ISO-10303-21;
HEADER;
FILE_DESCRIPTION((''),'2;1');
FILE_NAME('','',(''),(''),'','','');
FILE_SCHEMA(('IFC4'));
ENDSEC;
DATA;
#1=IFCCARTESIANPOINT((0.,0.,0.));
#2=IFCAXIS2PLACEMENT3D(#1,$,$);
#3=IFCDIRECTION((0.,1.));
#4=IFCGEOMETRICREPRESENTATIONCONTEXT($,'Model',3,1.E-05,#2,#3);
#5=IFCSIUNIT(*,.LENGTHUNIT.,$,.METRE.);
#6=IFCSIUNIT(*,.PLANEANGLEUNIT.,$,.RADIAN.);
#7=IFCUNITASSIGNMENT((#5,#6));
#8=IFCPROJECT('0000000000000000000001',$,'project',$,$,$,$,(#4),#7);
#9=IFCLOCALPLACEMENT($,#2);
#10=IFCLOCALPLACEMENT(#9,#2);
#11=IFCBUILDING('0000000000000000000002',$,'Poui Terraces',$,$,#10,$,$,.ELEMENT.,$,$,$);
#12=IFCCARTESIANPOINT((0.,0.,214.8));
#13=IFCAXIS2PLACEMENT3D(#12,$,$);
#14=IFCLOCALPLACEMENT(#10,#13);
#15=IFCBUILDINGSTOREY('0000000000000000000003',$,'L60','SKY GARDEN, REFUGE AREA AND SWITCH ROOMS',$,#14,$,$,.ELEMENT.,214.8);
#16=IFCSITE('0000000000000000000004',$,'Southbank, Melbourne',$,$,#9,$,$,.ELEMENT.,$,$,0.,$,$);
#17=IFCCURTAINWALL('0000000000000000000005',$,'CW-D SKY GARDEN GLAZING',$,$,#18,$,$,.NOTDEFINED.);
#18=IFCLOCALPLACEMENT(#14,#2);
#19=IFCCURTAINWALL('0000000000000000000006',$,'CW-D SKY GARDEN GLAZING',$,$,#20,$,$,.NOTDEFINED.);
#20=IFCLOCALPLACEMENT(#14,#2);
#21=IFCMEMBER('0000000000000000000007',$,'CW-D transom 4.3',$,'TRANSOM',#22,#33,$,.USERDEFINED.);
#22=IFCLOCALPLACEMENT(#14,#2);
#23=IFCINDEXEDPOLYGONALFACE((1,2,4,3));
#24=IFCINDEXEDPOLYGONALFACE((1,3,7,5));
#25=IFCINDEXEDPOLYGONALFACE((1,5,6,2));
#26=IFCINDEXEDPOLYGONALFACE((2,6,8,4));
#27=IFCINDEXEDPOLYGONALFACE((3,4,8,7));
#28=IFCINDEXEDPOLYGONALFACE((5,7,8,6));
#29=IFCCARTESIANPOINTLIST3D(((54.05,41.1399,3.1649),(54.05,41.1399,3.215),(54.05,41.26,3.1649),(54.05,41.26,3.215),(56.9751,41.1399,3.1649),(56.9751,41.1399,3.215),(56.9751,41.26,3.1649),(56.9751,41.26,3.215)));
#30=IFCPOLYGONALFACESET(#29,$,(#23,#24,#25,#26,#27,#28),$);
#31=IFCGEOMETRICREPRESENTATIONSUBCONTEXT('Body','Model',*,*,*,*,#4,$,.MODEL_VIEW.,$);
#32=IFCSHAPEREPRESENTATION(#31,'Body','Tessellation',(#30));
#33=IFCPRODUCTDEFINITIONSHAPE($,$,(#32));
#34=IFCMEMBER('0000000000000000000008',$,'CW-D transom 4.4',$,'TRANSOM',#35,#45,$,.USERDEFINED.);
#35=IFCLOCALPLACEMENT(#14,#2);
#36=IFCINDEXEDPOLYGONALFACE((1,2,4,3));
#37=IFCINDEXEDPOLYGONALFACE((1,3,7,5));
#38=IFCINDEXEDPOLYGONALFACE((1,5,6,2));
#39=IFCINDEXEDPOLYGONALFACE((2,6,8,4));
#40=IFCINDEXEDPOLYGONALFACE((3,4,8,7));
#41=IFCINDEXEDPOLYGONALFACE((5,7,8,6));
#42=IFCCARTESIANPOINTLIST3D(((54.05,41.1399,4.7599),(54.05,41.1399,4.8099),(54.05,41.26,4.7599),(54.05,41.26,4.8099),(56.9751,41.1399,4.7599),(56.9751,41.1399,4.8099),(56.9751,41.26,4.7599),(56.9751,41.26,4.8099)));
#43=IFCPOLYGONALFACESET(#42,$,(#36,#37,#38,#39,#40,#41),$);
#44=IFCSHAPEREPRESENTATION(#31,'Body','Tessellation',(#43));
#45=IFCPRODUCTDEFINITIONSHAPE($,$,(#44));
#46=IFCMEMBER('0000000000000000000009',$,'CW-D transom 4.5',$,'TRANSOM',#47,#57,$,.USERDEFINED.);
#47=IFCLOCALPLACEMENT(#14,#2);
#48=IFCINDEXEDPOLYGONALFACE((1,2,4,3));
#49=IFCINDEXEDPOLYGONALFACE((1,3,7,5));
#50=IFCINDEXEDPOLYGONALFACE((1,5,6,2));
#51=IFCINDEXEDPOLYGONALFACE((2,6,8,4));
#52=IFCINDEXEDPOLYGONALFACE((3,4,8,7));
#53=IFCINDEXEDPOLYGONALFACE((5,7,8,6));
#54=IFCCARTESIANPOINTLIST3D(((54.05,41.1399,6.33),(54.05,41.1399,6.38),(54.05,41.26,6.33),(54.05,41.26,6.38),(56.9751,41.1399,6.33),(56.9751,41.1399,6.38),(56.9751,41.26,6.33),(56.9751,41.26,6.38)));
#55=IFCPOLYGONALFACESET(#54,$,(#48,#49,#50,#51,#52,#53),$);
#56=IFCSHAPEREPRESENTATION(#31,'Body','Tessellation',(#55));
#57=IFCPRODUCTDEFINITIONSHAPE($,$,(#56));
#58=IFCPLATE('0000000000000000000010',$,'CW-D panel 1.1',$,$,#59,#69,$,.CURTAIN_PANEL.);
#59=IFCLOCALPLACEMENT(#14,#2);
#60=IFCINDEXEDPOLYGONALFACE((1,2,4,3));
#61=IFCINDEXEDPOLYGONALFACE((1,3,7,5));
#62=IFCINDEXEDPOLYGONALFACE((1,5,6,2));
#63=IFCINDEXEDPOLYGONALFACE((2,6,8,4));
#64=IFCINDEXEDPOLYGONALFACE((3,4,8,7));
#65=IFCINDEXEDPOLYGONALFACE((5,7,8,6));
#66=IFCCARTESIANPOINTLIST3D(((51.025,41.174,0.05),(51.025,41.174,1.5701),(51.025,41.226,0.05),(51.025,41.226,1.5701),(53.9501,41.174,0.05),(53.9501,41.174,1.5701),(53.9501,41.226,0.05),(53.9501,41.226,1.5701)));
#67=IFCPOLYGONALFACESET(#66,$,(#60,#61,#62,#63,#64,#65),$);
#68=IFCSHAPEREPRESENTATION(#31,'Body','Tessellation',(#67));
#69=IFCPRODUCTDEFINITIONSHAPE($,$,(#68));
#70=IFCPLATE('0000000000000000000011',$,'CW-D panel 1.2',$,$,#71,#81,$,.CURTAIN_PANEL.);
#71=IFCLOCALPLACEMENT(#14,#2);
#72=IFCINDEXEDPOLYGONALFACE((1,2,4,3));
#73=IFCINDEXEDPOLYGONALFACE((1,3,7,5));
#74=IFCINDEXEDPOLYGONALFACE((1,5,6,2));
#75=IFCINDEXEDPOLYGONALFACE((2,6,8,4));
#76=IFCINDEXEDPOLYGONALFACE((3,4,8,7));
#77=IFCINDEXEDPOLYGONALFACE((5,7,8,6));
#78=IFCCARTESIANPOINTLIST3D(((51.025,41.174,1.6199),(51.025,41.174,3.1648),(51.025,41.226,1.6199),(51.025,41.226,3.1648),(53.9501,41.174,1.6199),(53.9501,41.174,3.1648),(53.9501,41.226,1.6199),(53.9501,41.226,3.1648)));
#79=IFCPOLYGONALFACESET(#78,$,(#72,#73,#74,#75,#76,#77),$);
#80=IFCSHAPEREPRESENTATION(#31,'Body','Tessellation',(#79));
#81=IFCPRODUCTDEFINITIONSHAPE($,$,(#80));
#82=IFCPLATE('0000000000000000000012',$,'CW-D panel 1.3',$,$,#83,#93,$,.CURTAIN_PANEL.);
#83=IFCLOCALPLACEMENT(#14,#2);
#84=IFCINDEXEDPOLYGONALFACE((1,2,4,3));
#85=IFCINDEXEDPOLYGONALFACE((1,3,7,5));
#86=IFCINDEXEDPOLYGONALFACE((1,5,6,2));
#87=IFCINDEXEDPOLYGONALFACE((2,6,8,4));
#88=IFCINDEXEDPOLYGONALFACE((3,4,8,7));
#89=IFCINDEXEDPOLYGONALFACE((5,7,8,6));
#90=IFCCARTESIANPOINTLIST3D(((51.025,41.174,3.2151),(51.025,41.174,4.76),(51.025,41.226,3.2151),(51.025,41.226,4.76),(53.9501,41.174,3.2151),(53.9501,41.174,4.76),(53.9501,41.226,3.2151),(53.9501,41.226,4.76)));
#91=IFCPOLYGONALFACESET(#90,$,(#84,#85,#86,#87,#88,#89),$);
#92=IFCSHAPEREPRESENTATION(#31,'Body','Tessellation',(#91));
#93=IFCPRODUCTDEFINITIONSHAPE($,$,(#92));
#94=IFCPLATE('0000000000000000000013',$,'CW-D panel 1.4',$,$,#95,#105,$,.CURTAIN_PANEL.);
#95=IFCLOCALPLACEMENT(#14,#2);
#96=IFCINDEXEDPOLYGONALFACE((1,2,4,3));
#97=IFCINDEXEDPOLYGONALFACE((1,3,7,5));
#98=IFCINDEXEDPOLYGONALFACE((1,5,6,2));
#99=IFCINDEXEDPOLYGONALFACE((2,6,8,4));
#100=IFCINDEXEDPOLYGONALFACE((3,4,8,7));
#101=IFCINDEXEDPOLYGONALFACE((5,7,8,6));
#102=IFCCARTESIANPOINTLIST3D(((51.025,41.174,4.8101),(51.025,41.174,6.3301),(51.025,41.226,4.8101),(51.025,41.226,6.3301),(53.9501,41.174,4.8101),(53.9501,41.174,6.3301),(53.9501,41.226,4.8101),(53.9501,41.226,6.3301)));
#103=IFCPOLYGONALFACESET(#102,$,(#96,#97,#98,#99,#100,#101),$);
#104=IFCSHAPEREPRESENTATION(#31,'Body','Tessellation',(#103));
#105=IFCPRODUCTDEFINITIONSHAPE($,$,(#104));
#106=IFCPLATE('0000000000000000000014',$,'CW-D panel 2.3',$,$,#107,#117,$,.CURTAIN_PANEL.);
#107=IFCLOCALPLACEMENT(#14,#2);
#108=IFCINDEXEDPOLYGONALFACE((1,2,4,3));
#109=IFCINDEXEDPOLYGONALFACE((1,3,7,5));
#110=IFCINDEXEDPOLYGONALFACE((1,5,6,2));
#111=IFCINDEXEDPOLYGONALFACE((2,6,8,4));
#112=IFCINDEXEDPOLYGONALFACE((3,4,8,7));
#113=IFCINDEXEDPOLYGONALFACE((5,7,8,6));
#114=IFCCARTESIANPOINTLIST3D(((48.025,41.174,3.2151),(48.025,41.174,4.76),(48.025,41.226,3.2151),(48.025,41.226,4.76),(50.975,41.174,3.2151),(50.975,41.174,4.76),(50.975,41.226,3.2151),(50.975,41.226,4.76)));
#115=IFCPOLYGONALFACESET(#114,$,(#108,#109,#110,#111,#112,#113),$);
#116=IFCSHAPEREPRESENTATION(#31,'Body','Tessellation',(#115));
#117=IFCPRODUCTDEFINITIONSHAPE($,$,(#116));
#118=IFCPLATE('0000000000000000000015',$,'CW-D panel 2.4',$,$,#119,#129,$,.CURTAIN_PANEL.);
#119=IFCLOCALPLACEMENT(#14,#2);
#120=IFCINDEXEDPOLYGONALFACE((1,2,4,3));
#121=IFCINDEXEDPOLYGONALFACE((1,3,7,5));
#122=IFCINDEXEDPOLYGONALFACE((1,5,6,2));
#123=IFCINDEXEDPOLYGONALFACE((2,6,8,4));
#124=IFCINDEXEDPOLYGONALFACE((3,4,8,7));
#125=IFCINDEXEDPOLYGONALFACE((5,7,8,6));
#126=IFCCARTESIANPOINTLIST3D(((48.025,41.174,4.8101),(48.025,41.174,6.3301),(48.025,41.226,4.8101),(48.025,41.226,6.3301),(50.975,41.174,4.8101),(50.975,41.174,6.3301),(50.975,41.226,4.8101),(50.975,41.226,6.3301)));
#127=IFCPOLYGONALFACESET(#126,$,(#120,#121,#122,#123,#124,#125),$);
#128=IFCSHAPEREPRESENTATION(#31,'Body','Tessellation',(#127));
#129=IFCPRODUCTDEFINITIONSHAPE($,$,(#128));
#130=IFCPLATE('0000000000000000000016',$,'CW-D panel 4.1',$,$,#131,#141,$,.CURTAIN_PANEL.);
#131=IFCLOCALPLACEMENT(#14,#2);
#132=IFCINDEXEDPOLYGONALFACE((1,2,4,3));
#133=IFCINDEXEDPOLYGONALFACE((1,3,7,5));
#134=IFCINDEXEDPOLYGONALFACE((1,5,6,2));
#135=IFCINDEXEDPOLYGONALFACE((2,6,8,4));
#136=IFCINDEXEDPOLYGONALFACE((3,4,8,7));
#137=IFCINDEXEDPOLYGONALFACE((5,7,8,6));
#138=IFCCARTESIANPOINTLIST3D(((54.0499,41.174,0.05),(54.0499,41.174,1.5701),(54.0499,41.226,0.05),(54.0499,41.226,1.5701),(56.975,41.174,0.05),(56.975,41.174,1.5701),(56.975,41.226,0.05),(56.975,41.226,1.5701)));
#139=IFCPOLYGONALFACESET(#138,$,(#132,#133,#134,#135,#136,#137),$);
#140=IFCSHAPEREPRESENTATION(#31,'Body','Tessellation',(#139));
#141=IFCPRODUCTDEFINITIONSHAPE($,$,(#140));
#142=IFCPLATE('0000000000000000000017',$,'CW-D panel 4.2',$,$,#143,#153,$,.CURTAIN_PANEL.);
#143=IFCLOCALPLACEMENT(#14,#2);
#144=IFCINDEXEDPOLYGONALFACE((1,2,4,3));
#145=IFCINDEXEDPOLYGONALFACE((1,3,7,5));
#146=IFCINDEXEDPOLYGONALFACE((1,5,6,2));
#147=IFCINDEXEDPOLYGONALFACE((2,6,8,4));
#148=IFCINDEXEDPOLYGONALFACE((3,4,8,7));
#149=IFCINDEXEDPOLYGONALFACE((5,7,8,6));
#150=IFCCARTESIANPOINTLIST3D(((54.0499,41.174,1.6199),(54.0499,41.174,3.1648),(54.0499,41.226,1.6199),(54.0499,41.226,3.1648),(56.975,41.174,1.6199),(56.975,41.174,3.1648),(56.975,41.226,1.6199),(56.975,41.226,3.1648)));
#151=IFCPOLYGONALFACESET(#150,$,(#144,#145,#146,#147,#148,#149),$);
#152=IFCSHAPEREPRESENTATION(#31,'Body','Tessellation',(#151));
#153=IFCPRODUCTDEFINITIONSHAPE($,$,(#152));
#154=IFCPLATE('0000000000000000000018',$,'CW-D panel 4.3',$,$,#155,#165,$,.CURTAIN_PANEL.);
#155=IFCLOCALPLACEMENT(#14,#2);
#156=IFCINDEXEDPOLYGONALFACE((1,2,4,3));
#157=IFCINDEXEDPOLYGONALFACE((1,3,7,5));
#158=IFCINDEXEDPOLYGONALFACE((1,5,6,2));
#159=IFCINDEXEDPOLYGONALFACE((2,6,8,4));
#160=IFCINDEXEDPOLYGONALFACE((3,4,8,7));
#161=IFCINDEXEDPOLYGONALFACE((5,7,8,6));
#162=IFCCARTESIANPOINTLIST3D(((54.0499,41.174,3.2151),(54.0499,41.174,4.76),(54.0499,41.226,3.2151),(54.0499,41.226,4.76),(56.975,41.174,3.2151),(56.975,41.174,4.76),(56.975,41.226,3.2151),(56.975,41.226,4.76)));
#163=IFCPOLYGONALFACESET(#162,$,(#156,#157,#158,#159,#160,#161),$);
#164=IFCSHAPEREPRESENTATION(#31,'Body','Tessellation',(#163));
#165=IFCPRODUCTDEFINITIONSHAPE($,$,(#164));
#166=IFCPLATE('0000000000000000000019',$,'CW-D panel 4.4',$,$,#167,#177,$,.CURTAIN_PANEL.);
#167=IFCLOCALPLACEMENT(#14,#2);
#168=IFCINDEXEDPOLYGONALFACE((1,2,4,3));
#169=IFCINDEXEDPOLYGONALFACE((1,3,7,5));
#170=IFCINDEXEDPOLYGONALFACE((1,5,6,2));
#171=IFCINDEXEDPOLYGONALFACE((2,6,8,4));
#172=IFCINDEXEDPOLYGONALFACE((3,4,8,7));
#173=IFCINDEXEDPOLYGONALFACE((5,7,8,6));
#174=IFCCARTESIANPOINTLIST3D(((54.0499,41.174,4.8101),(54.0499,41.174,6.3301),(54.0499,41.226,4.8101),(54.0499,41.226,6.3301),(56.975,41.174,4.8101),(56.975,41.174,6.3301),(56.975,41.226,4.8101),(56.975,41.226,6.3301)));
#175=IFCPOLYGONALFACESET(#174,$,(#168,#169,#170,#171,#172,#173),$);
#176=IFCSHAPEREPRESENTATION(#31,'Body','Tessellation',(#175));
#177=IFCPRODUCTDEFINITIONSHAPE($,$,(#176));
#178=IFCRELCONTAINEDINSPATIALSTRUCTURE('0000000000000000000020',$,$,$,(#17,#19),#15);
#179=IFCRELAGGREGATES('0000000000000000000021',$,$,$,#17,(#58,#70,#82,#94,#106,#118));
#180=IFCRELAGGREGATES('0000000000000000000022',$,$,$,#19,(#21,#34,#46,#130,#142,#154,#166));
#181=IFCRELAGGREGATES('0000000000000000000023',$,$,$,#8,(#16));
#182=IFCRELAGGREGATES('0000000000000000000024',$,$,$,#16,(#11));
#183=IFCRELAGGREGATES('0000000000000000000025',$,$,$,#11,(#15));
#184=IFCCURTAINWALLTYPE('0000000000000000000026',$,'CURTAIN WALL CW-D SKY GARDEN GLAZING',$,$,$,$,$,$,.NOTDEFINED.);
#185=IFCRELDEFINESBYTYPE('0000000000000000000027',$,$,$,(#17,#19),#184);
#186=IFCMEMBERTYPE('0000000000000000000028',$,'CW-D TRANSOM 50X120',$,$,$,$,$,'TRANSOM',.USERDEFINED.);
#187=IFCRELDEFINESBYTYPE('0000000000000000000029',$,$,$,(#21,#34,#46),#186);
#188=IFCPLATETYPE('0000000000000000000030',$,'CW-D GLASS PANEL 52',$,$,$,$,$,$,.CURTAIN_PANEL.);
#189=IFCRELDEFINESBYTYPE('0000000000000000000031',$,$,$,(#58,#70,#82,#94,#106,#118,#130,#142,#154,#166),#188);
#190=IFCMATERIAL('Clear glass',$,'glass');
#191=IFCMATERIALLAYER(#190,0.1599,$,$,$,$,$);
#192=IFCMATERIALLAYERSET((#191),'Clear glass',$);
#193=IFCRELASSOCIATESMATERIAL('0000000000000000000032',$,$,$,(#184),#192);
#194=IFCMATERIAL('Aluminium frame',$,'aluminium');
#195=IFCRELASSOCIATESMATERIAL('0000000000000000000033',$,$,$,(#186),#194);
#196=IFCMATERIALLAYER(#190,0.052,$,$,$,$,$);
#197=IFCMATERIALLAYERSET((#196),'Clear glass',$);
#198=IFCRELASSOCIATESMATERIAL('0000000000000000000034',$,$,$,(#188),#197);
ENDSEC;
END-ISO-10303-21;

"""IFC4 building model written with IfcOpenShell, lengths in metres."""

from ifc_helpers import new_model, si_unit, direction, frame, origin, origin_2d, place, context, subcontext, project, spatial, rectangle, extrude, material, layer, layer_set, material_profile, profile_set, type_object, element, aggregate, save


model = new_model("IFC4")

# Units and contexts
model_context = context("Model", 3, precision=1e-05, world=origin(), true_north=direction((0.0, 1.0)))
body_context = subcontext(model_context, "Body", "Model", "MODEL_VIEW")
ifc_project = project(units=[si_unit("LENGTHUNIT", "METRE"), si_unit("PLANEANGLEUNIT", "RADIAN")], contexts=[model_context])

# Site, building, storey
site_placement = place(None, origin())
site = spatial("IfcSite", under=ifc_project, at=site_placement, Name="Southbank, Melbourne", CompositionType="ELEMENT", RefElevation=0.0)
building_placement = place(site_placement, origin())
building = spatial("IfcBuilding", under=site, at=building_placement, Name="Poui Terraces", CompositionType="ELEMENT")
storey_placement = place(building_placement, frame((0.0, 0.0, 214.8)))
storey = spatial("IfcBuildingStorey", under=building, at=storey_placement, Name="L60", Description="SKY GARDEN, REFUGE AREA AND SWITCH ROOMS", CompositionType="ELEMENT", Elevation=214.8)

# Curtain wall
ifc_material_1 = material(Name="Clear glass", Category="glass")
ifc_layer_1 = layer(ifc_material_1, 0.1599)
ifc_layer_set_1 = layer_set([ifc_layer_1], Name="Clear glass")
curtain_wall_type = type_object("IfcCurtainWallType", Name="CURTAIN WALL CW-D SKY GARDEN GLAZING", PredefinedType="NOTDEFINED", material=ifc_layer_set_1)
curtain_wall_1_placement = place(storey_placement, origin())
curtain_wall_1 = element("IfcCurtainWall", 1, at=curtain_wall_1_placement, inside=storey, type_object=curtain_wall_type, Name="CW-D SKY GARDEN GLAZING", PredefinedType="NOTDEFINED")
ifc_material_2 = material(Name="Aluminium frame", Category="aluminium")

# Curtain wall
curtain_wall_2_placement = place(storey_placement, origin())
curtain_wall_2 = element("IfcCurtainWall", 2, at=curtain_wall_2_placement, inside=storey, type_object=curtain_wall_type, Name="CW-D SKY GARDEN GLAZING", PredefinedType="NOTDEFINED")

# Members
ifc_material_profile_1 = material_profile(ifc_material_2, rectangle(XDim=0.1201, YDim=0.05, at=origin_2d()), Name="CW-D TRANSOM 50X120")
ifc_profile_set_1 = profile_set([ifc_material_profile_1], Name="Aluminium frame")
member_type_1 = type_object("IfcMemberType", Name="CW-D TRANSOM 50X120", ElementType="TRANSOM", PredefinedType="USERDEFINED", material=ifc_profile_set_1)
member_1_placement = place(storey_placement, frame((56.9751, 41.2, 3.1899), z_axis=(-1.0, 0.0, 0.0), x_axis=(0.0, -1.0, 0.0)))
member_1 = element("IfcMember", 3, at=member_1_placement, type_object=member_type_1, Name="CW-D transom 4.3", ObjectType="TRANSOM", PredefinedType="USERDEFINED", context=body_context, shape_type="SweptSolid", body=[
    extrude(rectangle(XDim=0.1201, YDim=0.05, at=origin_2d()), origin(), (0.0, 0.0, 1.0), 2.925),
])
member_2_placement = place(storey_placement, frame((56.9751, 41.2, 4.7849), z_axis=(-1.0, 0.0, 0.0), x_axis=(0.0, -1.0, 0.0)))
member_2 = element("IfcMember", 4, at=member_2_placement, type_object=member_type_1, Name="CW-D transom 4.4", ObjectType="TRANSOM", PredefinedType="USERDEFINED", context=body_context, shape_type="SweptSolid", body=[
    extrude(rectangle(XDim=0.1201, YDim=0.05, at=origin_2d()), origin(), (0.0, 0.0, 1.0), 2.925),
])
member_3_placement = place(storey_placement, frame((56.9751, 41.2, 6.355), z_axis=(-1.0, 0.0, 0.0), x_axis=(0.0, -1.0, 0.0)))
member_3 = element("IfcMember", 5, at=member_3_placement, type_object=member_type_1, Name="CW-D transom 4.5", ObjectType="TRANSOM", PredefinedType="USERDEFINED", context=body_context, shape_type="SweptSolid", body=[
    extrude(rectangle(XDim=0.1201, YDim=0.05, at=origin_2d()), origin(), (0.0, 0.0, 1.0), 2.925),
])

# Plates
ifc_layer_2 = layer(ifc_material_1, 0.052)
ifc_layer_set_2 = layer_set([ifc_layer_2], Name="Clear glass")
plate_type = type_object("IfcPlateType", Name="CW-D GLASS PANEL 52", PredefinedType="CURTAIN_PANEL", material=ifc_layer_set_2)
plate_1_placement = place(storey_placement, frame((52.4875, 41.2, 0.05), z_axis=(0.0, 0.0, 1.0), x_axis=(-1.0, 0.0, 0.0)))
plate_1 = element("IfcPlate", 6, at=plate_1_placement, type_object=plate_type, Name="CW-D panel 1.1", PredefinedType="CURTAIN_PANEL", context=body_context, shape_type="SweptSolid", body=[
    extrude(rectangle(XDim=2.925, YDim=0.052, at=origin_2d()), origin(), (0.0, 0.0, 1.0), 1.52),
])
plate_2_placement = place(storey_placement, frame((52.4875, 41.2, 1.6199), z_axis=(0.0, 0.0, 1.0), x_axis=(-1.0, 0.0, 0.0)))
plate_2 = element("IfcPlate", 7, at=plate_2_placement, type_object=plate_type, Name="CW-D panel 1.2", PredefinedType="CURTAIN_PANEL", context=body_context, shape_type="SweptSolid", body=[
    extrude(rectangle(XDim=2.925, YDim=0.052, at=origin_2d()), origin(), (0.0, 0.0, 1.0), 1.5449),
])
plate_3_placement = place(storey_placement, frame((52.4875, 41.2, 3.2151), z_axis=(0.0, 0.0, 1.0), x_axis=(-1.0, 0.0, 0.0)))
plate_3 = element("IfcPlate", 8, at=plate_3_placement, type_object=plate_type, Name="CW-D panel 1.3", PredefinedType="CURTAIN_PANEL", context=body_context, shape_type="SweptSolid", body=[
    extrude(rectangle(XDim=2.925, YDim=0.052, at=origin_2d()), origin(), (0.0, 0.0, 1.0), 1.5449),
])
plate_4_placement = place(storey_placement, frame((52.4875, 41.2, 4.8101), z_axis=(0.0, 0.0, 1.0), x_axis=(-1.0, 0.0, 0.0)))
plate_4 = element("IfcPlate", 9, at=plate_4_placement, type_object=plate_type, Name="CW-D panel 1.4", PredefinedType="CURTAIN_PANEL", context=body_context, shape_type="SweptSolid", body=[
    extrude(rectangle(XDim=2.925, YDim=0.052, at=origin_2d()), origin(), (0.0, 0.0, 1.0), 1.52),
])
plate_5_placement = place(storey_placement, frame((49.5, 41.2, 3.2151), z_axis=(0.0, 0.0, 1.0), x_axis=(-1.0, 0.0, 0.0)))
plate_5 = element("IfcPlate", 10, at=plate_5_placement, type_object=plate_type, Name="CW-D panel 2.3", PredefinedType="CURTAIN_PANEL", context=body_context, shape_type="SweptSolid", body=[
    extrude(rectangle(XDim=2.95, YDim=0.052, at=origin_2d()), origin(), (0.0, 0.0, 1.0), 1.5449),
])
plate_6_placement = place(storey_placement, frame((49.5, 41.2, 4.8101), z_axis=(0.0, 0.0, 1.0), x_axis=(-1.0, 0.0, 0.0)))
plate_6 = element("IfcPlate", 11, at=plate_6_placement, type_object=plate_type, Name="CW-D panel 2.4", PredefinedType="CURTAIN_PANEL", context=body_context, shape_type="SweptSolid", body=[
    extrude(rectangle(XDim=2.95, YDim=0.052, at=origin_2d()), origin(), (0.0, 0.0, 1.0), 1.52),
])
aggregate(curtain_wall_1, [plate_1, plate_2, plate_3, plate_4, plate_5, plate_6])
plate_7_placement = place(storey_placement, frame((55.5125, 41.2, 0.05), z_axis=(0.0, 0.0, 1.0), x_axis=(-1.0, 0.0, 0.0)))
plate_7 = element("IfcPlate", 12, at=plate_7_placement, type_object=plate_type, Name="CW-D panel 4.1", PredefinedType="CURTAIN_PANEL", context=body_context, shape_type="SweptSolid", body=[
    extrude(rectangle(XDim=2.925, YDim=0.052, at=origin_2d()), origin(), (0.0, 0.0, 1.0), 1.52),
])
plate_8_placement = place(storey_placement, frame((55.5125, 41.2, 1.6199), z_axis=(0.0, 0.0, 1.0), x_axis=(-1.0, 0.0, 0.0)))
plate_8 = element("IfcPlate", 13, at=plate_8_placement, type_object=plate_type, Name="CW-D panel 4.2", PredefinedType="CURTAIN_PANEL", context=body_context, shape_type="SweptSolid", body=[
    extrude(rectangle(XDim=2.925, YDim=0.052, at=origin_2d()), origin(), (0.0, 0.0, 1.0), 1.5449),
])
plate_9_placement = place(storey_placement, frame((55.5125, 41.2, 3.2151), z_axis=(0.0, 0.0, 1.0), x_axis=(-1.0, 0.0, 0.0)))
plate_9 = element("IfcPlate", 14, at=plate_9_placement, type_object=plate_type, Name="CW-D panel 4.3", PredefinedType="CURTAIN_PANEL", context=body_context, shape_type="SweptSolid", body=[
    extrude(rectangle(XDim=2.925, YDim=0.052, at=origin_2d()), origin(), (0.0, 0.0, 1.0), 1.5449),
])
plate_10_placement = place(storey_placement, frame((55.5125, 41.2, 4.8101), z_axis=(0.0, 0.0, 1.0), x_axis=(-1.0, 0.0, 0.0)))
plate_10 = element("IfcPlate", 15, at=plate_10_placement, type_object=plate_type, Name="CW-D panel 4.4", PredefinedType="CURTAIN_PANEL", context=body_context, shape_type="SweptSolid", body=[
    extrude(rectangle(XDim=2.925, YDim=0.052, at=origin_2d()), origin(), (0.0, 0.0, 1.0), 1.52),
])
aggregate(curtain_wall_2, [member_1, member_2, member_3, plate_7, plate_8, plate_9, plate_10])

save(model, "model.ifc")
